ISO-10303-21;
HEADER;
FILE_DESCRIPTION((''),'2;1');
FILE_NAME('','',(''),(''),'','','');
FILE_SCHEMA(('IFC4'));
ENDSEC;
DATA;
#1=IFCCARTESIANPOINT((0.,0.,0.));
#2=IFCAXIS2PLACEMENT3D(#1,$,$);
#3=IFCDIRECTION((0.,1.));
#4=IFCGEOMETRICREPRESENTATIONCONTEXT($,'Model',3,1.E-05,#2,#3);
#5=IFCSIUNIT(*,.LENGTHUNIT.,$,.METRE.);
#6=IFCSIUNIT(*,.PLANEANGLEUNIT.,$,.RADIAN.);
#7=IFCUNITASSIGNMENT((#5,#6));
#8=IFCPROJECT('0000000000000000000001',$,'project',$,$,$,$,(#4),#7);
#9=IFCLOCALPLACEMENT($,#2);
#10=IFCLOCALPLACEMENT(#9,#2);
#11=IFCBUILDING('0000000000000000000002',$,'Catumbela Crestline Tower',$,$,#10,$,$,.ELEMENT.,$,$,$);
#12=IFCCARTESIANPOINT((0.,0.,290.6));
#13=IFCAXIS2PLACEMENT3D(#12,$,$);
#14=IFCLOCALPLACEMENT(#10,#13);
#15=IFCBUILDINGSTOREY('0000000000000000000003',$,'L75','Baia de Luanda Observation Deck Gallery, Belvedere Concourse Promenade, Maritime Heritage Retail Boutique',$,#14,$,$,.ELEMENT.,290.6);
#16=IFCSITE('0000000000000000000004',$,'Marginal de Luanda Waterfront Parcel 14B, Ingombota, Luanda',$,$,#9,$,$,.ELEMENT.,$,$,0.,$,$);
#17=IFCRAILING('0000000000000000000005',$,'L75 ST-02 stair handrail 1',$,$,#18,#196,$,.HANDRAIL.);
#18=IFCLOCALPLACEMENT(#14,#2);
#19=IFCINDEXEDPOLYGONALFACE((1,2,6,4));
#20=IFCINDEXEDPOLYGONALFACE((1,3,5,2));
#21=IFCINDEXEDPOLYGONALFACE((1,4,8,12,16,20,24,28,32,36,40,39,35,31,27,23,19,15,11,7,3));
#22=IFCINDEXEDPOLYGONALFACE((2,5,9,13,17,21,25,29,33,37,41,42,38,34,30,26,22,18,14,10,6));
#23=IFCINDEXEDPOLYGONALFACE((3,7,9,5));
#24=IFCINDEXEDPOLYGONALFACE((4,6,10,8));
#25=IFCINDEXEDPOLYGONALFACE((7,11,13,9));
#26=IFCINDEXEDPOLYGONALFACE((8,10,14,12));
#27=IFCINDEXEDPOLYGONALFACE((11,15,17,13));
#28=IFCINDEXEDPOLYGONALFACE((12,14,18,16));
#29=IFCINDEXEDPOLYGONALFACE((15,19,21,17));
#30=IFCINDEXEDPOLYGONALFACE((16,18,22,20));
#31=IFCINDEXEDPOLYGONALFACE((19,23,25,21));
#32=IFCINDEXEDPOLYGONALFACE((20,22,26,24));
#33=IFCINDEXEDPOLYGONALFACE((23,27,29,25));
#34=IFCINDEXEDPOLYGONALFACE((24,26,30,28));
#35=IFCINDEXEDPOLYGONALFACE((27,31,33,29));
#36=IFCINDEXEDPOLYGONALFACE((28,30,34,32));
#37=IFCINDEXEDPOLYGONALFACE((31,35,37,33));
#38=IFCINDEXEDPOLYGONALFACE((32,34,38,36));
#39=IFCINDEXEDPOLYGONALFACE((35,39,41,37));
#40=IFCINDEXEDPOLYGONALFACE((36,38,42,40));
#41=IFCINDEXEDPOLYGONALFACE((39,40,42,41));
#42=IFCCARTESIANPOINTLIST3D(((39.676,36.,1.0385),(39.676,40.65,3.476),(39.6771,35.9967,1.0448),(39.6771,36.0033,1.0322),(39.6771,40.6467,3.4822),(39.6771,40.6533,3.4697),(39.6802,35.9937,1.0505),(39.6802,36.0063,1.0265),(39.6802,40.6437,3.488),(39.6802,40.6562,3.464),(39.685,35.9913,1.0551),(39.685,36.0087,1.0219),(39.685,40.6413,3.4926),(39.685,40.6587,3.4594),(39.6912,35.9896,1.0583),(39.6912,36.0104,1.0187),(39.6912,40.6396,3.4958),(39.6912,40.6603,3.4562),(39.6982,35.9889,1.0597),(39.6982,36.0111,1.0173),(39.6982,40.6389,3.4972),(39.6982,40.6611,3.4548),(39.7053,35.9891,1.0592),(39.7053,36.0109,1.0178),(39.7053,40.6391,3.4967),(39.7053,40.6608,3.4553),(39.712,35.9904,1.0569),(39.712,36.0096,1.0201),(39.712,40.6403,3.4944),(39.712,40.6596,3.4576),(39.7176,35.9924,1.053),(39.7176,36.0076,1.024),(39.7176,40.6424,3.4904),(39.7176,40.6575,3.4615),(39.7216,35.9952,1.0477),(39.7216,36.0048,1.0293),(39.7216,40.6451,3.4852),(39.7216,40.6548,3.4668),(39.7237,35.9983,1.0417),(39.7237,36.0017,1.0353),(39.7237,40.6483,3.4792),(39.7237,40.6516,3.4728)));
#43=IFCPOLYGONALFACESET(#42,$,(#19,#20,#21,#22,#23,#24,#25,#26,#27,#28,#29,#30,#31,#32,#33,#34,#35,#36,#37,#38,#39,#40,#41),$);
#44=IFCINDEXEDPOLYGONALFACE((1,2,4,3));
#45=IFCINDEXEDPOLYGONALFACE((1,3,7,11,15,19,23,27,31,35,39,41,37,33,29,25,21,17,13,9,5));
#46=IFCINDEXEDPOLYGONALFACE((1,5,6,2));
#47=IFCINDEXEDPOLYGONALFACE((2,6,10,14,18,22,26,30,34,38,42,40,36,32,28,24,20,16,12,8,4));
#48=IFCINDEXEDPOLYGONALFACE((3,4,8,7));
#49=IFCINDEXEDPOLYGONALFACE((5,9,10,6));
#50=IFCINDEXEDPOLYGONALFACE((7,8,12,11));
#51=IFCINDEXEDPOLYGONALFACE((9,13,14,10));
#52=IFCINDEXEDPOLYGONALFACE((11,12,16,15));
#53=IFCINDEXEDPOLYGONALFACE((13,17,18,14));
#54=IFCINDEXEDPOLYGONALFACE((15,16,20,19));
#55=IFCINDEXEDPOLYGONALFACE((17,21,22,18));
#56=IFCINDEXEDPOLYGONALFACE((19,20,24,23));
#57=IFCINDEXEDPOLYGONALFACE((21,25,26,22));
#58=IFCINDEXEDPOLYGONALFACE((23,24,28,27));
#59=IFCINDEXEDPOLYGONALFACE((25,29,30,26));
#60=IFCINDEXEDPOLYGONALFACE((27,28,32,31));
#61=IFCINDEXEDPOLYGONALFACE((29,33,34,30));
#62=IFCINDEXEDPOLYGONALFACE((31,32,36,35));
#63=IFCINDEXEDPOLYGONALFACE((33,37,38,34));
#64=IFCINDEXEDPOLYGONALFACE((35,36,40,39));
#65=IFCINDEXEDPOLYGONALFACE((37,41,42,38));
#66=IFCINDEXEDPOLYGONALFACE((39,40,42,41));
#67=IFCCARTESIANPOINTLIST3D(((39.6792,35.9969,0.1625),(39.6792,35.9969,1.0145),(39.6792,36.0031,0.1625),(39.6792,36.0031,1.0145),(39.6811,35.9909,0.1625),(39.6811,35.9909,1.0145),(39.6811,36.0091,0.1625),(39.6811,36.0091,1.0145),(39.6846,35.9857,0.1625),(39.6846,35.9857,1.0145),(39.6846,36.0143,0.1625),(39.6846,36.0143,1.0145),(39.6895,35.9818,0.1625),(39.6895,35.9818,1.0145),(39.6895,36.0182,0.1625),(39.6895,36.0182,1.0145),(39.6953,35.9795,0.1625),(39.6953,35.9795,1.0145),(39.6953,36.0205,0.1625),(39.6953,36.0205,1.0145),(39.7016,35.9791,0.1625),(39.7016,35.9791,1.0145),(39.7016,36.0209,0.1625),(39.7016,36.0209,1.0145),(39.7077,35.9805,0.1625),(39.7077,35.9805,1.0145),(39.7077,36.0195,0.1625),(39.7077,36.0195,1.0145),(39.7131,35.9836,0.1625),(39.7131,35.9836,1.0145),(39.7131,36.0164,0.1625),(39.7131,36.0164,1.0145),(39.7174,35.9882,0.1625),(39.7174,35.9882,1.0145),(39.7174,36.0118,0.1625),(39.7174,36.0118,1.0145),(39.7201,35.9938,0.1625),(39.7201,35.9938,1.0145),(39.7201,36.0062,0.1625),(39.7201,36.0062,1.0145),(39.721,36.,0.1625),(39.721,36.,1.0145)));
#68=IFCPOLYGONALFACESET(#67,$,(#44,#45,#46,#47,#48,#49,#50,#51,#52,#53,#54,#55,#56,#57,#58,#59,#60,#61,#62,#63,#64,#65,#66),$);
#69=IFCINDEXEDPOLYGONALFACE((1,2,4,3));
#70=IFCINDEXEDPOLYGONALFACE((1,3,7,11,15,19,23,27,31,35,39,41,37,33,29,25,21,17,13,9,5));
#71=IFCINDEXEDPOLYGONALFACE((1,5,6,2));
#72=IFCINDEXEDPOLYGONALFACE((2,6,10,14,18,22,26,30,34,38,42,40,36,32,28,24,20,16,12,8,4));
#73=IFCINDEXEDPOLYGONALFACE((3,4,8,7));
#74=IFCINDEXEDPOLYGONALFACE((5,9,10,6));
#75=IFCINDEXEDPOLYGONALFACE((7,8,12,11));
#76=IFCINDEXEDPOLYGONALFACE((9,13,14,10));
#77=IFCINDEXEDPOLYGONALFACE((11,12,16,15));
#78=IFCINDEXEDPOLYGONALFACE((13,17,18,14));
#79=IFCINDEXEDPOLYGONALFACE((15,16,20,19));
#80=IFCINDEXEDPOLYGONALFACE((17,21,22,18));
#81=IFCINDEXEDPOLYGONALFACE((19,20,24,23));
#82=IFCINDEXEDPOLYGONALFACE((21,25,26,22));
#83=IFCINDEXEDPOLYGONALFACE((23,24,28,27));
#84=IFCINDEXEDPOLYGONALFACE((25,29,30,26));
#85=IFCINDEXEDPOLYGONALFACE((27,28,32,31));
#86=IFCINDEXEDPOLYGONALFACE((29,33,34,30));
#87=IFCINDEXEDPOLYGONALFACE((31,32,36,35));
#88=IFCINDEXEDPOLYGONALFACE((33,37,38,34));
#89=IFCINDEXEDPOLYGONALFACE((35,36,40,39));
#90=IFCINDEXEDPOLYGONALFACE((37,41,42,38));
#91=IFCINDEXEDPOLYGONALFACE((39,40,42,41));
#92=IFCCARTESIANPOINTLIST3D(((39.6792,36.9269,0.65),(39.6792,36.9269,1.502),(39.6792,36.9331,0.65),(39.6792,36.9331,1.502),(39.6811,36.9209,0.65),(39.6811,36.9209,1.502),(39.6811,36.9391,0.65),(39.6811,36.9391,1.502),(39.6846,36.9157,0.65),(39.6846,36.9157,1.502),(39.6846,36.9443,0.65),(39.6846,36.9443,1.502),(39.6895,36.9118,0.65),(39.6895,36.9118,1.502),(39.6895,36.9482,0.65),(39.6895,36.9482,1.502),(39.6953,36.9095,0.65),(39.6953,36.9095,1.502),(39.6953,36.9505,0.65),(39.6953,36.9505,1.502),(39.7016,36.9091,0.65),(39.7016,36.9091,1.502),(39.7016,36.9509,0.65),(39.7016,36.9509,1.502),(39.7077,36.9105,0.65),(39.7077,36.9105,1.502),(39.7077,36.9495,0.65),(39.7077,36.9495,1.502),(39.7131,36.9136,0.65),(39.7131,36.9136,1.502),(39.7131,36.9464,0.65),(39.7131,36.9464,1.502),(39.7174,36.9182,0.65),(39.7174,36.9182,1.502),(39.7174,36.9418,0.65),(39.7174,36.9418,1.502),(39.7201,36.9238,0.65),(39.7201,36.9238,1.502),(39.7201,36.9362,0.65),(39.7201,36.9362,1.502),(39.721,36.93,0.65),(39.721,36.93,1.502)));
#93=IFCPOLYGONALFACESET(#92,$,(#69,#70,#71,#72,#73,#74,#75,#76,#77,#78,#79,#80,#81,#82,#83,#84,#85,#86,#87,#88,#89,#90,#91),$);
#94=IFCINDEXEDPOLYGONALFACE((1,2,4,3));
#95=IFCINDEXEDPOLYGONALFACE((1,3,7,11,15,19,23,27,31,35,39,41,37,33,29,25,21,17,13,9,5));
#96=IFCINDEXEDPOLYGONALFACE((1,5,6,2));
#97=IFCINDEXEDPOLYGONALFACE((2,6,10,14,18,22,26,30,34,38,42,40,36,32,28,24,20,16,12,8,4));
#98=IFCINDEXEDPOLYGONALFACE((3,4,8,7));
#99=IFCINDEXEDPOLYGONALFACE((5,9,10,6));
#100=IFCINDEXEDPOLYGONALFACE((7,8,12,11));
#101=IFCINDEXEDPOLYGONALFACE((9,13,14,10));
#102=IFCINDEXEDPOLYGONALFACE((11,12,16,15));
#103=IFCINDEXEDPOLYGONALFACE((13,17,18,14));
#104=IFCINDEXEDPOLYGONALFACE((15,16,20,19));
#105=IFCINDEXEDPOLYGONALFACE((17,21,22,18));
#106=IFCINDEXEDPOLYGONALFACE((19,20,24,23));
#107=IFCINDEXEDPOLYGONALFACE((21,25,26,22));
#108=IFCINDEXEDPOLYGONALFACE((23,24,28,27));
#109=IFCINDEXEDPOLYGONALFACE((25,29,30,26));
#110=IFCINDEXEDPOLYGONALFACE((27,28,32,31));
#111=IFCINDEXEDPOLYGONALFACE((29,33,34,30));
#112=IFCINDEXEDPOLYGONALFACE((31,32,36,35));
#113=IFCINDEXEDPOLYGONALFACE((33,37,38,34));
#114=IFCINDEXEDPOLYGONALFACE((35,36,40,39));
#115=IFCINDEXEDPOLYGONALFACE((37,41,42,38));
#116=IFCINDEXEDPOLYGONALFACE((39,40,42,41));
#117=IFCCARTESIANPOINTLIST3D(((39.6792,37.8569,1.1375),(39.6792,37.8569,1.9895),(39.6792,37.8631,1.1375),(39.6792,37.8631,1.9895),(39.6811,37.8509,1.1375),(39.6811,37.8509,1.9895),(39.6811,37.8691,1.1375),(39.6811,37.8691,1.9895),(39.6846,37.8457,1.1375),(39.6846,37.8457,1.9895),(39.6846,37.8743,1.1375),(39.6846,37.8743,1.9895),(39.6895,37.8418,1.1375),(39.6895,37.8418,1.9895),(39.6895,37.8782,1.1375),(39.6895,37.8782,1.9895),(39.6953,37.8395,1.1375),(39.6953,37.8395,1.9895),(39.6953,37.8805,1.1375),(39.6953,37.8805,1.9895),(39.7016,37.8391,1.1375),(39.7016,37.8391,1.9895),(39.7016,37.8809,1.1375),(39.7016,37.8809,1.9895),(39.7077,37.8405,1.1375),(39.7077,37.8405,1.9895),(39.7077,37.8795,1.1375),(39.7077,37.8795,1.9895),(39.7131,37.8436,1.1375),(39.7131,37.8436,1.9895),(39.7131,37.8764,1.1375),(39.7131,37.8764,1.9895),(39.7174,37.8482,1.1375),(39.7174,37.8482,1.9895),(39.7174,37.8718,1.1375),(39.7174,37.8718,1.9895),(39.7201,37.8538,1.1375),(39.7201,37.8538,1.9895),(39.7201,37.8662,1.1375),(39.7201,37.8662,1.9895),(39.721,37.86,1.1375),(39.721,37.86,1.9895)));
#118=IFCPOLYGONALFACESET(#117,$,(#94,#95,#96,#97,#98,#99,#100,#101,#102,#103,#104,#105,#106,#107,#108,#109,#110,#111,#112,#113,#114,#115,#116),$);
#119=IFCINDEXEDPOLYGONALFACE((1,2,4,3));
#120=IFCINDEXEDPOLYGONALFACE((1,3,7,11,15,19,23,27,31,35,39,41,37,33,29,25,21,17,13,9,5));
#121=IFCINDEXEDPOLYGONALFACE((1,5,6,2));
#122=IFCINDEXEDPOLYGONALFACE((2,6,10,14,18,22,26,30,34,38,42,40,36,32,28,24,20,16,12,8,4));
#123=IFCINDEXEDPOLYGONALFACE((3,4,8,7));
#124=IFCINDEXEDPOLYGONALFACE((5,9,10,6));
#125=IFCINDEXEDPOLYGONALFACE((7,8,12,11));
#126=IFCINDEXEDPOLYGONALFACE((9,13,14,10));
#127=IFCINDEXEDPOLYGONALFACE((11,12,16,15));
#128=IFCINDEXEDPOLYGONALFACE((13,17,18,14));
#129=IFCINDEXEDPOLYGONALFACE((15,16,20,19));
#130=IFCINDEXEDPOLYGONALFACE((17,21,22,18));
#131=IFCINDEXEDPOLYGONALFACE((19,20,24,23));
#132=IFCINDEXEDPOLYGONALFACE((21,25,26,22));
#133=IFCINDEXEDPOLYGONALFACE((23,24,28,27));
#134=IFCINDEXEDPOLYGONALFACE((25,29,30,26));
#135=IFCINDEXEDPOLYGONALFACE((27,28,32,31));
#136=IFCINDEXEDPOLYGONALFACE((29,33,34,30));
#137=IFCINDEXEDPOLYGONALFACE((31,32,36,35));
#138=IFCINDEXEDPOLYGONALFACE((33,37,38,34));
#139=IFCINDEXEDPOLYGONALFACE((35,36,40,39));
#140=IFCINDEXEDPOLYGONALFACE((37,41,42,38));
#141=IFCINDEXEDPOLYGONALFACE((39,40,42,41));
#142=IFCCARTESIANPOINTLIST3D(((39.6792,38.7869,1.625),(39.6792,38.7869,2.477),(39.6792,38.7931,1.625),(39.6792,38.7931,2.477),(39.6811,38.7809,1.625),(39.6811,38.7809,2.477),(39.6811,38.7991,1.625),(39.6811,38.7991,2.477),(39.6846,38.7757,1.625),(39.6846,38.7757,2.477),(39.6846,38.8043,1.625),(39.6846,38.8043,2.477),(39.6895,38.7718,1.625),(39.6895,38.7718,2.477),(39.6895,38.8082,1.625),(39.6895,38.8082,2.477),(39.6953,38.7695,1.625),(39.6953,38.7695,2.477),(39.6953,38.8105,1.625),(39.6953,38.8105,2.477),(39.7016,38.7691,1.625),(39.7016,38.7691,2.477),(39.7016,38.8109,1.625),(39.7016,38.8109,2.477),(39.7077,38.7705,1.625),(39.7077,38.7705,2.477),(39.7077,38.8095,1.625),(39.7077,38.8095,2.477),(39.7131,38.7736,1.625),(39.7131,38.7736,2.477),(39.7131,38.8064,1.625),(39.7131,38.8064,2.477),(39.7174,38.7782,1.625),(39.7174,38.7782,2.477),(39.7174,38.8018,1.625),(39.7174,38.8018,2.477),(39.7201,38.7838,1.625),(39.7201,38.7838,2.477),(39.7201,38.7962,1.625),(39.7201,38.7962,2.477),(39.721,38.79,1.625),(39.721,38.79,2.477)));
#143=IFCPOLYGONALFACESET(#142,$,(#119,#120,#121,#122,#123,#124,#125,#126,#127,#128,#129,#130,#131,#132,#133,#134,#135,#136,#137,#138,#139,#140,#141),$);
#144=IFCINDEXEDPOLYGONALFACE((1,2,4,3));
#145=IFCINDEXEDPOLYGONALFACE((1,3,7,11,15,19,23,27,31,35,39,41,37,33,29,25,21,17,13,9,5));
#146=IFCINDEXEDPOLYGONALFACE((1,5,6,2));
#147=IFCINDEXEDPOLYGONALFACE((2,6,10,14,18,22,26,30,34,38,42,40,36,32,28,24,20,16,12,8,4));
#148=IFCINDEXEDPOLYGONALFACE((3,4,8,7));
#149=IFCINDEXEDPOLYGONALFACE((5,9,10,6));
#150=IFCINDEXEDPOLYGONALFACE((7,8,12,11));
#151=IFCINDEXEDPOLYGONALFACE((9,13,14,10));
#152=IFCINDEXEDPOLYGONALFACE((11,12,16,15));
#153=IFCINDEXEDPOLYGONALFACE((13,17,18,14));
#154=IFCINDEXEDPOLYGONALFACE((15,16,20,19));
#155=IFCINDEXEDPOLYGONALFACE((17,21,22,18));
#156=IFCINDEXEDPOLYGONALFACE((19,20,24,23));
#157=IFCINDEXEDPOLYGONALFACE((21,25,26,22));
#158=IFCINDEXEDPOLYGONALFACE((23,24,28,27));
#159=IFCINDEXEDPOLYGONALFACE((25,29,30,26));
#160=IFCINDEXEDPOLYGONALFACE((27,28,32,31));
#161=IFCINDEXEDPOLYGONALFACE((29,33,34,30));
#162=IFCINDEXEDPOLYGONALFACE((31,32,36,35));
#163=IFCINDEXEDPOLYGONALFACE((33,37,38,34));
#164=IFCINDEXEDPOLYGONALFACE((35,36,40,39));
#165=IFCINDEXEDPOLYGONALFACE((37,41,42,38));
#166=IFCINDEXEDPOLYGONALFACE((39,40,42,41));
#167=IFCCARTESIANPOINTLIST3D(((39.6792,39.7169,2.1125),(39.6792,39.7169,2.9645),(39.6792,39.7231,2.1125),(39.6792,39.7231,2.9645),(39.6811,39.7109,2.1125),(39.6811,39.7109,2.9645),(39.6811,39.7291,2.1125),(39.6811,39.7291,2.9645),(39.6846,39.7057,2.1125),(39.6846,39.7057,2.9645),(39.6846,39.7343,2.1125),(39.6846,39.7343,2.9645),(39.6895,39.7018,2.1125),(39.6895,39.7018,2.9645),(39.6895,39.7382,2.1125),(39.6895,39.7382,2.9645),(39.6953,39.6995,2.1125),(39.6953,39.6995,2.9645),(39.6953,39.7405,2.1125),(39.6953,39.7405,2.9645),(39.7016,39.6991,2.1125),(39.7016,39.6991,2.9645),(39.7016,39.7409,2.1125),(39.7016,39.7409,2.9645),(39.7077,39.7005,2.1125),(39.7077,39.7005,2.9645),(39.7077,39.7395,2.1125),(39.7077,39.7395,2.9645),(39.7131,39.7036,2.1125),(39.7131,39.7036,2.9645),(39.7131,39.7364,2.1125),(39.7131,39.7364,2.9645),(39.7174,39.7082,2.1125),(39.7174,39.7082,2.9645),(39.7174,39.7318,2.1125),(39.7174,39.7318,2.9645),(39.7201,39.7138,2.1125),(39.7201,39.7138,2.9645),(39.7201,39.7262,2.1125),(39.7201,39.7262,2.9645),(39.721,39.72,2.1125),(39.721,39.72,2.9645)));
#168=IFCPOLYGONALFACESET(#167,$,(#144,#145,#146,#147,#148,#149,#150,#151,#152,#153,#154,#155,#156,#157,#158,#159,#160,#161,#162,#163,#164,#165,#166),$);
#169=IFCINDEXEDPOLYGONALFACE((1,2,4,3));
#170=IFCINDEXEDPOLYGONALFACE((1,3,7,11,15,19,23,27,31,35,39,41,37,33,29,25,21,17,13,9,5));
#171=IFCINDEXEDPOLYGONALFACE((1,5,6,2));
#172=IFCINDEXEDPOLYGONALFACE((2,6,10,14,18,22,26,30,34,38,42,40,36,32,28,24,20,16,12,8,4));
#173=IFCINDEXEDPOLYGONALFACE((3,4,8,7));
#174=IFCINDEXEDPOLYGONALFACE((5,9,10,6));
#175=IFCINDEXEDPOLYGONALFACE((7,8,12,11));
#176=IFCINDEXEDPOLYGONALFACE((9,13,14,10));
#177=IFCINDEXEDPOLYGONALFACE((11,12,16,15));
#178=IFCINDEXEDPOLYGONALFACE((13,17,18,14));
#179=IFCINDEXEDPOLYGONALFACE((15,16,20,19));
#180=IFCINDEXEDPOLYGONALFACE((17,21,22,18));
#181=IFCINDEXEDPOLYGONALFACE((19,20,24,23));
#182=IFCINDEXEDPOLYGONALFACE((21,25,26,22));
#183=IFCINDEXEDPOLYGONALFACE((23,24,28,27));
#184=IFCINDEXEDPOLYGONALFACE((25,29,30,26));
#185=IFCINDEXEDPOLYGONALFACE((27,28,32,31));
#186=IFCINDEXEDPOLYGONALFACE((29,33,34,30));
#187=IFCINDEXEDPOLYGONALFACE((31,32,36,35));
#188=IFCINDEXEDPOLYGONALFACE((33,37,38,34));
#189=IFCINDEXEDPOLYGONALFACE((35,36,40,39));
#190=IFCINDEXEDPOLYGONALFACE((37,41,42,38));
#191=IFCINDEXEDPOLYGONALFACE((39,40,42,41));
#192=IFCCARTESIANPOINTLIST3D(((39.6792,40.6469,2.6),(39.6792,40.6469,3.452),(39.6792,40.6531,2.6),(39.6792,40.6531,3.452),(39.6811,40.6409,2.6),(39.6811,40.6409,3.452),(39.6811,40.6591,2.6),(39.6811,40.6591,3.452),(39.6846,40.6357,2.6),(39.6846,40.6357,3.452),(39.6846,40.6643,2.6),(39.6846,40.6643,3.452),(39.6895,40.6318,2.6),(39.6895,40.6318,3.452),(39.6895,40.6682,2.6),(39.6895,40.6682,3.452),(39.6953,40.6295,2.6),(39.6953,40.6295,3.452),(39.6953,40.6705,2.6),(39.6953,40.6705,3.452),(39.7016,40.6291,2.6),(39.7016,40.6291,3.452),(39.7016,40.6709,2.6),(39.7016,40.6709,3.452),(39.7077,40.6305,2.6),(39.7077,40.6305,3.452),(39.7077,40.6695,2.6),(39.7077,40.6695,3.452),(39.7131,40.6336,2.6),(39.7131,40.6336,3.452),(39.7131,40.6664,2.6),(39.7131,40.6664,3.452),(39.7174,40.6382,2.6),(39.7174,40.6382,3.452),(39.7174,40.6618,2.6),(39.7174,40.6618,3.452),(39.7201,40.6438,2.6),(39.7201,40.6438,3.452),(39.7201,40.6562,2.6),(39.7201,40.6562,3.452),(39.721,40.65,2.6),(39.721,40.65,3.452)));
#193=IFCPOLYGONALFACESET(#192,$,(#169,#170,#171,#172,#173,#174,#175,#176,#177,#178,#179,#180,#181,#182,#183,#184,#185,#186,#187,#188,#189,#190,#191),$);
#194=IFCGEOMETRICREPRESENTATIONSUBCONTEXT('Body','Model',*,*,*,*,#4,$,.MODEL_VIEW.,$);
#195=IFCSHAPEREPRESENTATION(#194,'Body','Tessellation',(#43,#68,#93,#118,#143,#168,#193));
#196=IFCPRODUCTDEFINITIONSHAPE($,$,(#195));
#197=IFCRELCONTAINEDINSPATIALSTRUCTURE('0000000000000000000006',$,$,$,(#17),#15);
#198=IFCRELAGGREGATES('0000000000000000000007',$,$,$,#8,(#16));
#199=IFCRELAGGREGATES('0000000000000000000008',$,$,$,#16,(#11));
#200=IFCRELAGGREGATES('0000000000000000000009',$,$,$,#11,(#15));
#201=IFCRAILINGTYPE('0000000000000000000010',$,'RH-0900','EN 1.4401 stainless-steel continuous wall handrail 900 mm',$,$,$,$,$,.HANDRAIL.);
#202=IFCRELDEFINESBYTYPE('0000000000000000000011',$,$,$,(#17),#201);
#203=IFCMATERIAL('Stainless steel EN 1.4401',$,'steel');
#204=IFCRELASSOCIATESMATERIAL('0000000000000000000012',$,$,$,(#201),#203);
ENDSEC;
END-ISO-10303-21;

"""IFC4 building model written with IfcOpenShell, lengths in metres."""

from ifc_helpers import new_model, si_unit, direction, frame, origin, origin_2d, place, context, subcontext, project, spatial, circle, extrude, material, type_object, element, save


model = new_model("IFC4")

# Units and contexts
model_context = context("Model", 3, precision=1e-05, world=origin(), true_north=direction((0.0, 1.0)))
body_context = subcontext(model_context, "Body", "Model", "MODEL_VIEW")
ifc_project = project(units=[si_unit("LENGTHUNIT", "METRE"), si_unit("PLANEANGLEUNIT", "RADIAN")], contexts=[model_context])

# Site, building, storey
site_placement = place(None, origin())
site = spatial("IfcSite", under=ifc_project, at=site_placement, Name="Marginal de Luanda Waterfront Parcel 14B, Ingombota, Luanda", CompositionType="ELEMENT", RefElevation=0.0)
building_placement = place(site_placement, origin())
building = spatial("IfcBuilding", under=site, at=building_placement, Name="Catumbela Crestline Tower", CompositionType="ELEMENT")
storey_placement = place(building_placement, frame((0.0, 0.0, 290.6)))
storey = spatial("IfcBuildingStorey", under=building, at=storey_placement, Name="L75", Description="Baia de Luanda Observation Deck Gallery, Belvedere Concourse Promenade, Maritime Heritage Retail Boutique", CompositionType="ELEMENT", Elevation=290.6)

# Railing
ifc_material_1 = material(Name="Stainless steel EN 1.4401", Category="steel")
railing_type_1 = type_object("IfcRailingType", Name="RH-0900", Description="EN 1.4401 stainless-steel continuous wall handrail 900 mm", PredefinedType="HANDRAIL", material=ifc_material_1)
railing_1_placement = place(storey_placement, frame((39.7, 36.0, 0.1625)))
element("IfcRailing", 1, at=railing_1_placement, inside=storey, type_object=railing_type_1, Name="L75 ST-02 stair handrail 1", PredefinedType="HANDRAIL", context=body_context, shape_type="SweptSolid", body=[
    extrude(circle(Radius=0.024, at=origin_2d()), frame((0.0, 0.0, 0.876), z_axis=(0.0, 0.885692, 0.464274), x_axis=(-1.0, 0.0, 0.0)), (0.0, 0.0, 1.0), 5.2501),
    extrude(circle(Radius=0.021, at=origin_2d()), origin(), (0.0, 0.0, 1.0), 0.852),
    extrude(circle(Radius=0.021, at=origin_2d()), frame((0.0, 0.93, 0.4875)), (0.0, 0.0, 1.0), 0.852),
    extrude(circle(Radius=0.021, at=origin_2d()), frame((0.0, 1.86, 0.975)), (0.0, 0.0, 1.0), 0.852),
    extrude(circle(Radius=0.021, at=origin_2d()), frame((0.0, 2.79, 1.4625)), (0.0, 0.0, 1.0), 0.852),
    extrude(circle(Radius=0.021, at=origin_2d()), frame((0.0, 3.72, 1.95)), (0.0, 0.0, 1.0), 0.852),
    extrude(circle(Radius=0.021, at=origin_2d()), frame((0.0, 4.65, 2.4375)), (0.0, 0.0, 1.0), 0.852),
])

save(model, "model.ifc")
